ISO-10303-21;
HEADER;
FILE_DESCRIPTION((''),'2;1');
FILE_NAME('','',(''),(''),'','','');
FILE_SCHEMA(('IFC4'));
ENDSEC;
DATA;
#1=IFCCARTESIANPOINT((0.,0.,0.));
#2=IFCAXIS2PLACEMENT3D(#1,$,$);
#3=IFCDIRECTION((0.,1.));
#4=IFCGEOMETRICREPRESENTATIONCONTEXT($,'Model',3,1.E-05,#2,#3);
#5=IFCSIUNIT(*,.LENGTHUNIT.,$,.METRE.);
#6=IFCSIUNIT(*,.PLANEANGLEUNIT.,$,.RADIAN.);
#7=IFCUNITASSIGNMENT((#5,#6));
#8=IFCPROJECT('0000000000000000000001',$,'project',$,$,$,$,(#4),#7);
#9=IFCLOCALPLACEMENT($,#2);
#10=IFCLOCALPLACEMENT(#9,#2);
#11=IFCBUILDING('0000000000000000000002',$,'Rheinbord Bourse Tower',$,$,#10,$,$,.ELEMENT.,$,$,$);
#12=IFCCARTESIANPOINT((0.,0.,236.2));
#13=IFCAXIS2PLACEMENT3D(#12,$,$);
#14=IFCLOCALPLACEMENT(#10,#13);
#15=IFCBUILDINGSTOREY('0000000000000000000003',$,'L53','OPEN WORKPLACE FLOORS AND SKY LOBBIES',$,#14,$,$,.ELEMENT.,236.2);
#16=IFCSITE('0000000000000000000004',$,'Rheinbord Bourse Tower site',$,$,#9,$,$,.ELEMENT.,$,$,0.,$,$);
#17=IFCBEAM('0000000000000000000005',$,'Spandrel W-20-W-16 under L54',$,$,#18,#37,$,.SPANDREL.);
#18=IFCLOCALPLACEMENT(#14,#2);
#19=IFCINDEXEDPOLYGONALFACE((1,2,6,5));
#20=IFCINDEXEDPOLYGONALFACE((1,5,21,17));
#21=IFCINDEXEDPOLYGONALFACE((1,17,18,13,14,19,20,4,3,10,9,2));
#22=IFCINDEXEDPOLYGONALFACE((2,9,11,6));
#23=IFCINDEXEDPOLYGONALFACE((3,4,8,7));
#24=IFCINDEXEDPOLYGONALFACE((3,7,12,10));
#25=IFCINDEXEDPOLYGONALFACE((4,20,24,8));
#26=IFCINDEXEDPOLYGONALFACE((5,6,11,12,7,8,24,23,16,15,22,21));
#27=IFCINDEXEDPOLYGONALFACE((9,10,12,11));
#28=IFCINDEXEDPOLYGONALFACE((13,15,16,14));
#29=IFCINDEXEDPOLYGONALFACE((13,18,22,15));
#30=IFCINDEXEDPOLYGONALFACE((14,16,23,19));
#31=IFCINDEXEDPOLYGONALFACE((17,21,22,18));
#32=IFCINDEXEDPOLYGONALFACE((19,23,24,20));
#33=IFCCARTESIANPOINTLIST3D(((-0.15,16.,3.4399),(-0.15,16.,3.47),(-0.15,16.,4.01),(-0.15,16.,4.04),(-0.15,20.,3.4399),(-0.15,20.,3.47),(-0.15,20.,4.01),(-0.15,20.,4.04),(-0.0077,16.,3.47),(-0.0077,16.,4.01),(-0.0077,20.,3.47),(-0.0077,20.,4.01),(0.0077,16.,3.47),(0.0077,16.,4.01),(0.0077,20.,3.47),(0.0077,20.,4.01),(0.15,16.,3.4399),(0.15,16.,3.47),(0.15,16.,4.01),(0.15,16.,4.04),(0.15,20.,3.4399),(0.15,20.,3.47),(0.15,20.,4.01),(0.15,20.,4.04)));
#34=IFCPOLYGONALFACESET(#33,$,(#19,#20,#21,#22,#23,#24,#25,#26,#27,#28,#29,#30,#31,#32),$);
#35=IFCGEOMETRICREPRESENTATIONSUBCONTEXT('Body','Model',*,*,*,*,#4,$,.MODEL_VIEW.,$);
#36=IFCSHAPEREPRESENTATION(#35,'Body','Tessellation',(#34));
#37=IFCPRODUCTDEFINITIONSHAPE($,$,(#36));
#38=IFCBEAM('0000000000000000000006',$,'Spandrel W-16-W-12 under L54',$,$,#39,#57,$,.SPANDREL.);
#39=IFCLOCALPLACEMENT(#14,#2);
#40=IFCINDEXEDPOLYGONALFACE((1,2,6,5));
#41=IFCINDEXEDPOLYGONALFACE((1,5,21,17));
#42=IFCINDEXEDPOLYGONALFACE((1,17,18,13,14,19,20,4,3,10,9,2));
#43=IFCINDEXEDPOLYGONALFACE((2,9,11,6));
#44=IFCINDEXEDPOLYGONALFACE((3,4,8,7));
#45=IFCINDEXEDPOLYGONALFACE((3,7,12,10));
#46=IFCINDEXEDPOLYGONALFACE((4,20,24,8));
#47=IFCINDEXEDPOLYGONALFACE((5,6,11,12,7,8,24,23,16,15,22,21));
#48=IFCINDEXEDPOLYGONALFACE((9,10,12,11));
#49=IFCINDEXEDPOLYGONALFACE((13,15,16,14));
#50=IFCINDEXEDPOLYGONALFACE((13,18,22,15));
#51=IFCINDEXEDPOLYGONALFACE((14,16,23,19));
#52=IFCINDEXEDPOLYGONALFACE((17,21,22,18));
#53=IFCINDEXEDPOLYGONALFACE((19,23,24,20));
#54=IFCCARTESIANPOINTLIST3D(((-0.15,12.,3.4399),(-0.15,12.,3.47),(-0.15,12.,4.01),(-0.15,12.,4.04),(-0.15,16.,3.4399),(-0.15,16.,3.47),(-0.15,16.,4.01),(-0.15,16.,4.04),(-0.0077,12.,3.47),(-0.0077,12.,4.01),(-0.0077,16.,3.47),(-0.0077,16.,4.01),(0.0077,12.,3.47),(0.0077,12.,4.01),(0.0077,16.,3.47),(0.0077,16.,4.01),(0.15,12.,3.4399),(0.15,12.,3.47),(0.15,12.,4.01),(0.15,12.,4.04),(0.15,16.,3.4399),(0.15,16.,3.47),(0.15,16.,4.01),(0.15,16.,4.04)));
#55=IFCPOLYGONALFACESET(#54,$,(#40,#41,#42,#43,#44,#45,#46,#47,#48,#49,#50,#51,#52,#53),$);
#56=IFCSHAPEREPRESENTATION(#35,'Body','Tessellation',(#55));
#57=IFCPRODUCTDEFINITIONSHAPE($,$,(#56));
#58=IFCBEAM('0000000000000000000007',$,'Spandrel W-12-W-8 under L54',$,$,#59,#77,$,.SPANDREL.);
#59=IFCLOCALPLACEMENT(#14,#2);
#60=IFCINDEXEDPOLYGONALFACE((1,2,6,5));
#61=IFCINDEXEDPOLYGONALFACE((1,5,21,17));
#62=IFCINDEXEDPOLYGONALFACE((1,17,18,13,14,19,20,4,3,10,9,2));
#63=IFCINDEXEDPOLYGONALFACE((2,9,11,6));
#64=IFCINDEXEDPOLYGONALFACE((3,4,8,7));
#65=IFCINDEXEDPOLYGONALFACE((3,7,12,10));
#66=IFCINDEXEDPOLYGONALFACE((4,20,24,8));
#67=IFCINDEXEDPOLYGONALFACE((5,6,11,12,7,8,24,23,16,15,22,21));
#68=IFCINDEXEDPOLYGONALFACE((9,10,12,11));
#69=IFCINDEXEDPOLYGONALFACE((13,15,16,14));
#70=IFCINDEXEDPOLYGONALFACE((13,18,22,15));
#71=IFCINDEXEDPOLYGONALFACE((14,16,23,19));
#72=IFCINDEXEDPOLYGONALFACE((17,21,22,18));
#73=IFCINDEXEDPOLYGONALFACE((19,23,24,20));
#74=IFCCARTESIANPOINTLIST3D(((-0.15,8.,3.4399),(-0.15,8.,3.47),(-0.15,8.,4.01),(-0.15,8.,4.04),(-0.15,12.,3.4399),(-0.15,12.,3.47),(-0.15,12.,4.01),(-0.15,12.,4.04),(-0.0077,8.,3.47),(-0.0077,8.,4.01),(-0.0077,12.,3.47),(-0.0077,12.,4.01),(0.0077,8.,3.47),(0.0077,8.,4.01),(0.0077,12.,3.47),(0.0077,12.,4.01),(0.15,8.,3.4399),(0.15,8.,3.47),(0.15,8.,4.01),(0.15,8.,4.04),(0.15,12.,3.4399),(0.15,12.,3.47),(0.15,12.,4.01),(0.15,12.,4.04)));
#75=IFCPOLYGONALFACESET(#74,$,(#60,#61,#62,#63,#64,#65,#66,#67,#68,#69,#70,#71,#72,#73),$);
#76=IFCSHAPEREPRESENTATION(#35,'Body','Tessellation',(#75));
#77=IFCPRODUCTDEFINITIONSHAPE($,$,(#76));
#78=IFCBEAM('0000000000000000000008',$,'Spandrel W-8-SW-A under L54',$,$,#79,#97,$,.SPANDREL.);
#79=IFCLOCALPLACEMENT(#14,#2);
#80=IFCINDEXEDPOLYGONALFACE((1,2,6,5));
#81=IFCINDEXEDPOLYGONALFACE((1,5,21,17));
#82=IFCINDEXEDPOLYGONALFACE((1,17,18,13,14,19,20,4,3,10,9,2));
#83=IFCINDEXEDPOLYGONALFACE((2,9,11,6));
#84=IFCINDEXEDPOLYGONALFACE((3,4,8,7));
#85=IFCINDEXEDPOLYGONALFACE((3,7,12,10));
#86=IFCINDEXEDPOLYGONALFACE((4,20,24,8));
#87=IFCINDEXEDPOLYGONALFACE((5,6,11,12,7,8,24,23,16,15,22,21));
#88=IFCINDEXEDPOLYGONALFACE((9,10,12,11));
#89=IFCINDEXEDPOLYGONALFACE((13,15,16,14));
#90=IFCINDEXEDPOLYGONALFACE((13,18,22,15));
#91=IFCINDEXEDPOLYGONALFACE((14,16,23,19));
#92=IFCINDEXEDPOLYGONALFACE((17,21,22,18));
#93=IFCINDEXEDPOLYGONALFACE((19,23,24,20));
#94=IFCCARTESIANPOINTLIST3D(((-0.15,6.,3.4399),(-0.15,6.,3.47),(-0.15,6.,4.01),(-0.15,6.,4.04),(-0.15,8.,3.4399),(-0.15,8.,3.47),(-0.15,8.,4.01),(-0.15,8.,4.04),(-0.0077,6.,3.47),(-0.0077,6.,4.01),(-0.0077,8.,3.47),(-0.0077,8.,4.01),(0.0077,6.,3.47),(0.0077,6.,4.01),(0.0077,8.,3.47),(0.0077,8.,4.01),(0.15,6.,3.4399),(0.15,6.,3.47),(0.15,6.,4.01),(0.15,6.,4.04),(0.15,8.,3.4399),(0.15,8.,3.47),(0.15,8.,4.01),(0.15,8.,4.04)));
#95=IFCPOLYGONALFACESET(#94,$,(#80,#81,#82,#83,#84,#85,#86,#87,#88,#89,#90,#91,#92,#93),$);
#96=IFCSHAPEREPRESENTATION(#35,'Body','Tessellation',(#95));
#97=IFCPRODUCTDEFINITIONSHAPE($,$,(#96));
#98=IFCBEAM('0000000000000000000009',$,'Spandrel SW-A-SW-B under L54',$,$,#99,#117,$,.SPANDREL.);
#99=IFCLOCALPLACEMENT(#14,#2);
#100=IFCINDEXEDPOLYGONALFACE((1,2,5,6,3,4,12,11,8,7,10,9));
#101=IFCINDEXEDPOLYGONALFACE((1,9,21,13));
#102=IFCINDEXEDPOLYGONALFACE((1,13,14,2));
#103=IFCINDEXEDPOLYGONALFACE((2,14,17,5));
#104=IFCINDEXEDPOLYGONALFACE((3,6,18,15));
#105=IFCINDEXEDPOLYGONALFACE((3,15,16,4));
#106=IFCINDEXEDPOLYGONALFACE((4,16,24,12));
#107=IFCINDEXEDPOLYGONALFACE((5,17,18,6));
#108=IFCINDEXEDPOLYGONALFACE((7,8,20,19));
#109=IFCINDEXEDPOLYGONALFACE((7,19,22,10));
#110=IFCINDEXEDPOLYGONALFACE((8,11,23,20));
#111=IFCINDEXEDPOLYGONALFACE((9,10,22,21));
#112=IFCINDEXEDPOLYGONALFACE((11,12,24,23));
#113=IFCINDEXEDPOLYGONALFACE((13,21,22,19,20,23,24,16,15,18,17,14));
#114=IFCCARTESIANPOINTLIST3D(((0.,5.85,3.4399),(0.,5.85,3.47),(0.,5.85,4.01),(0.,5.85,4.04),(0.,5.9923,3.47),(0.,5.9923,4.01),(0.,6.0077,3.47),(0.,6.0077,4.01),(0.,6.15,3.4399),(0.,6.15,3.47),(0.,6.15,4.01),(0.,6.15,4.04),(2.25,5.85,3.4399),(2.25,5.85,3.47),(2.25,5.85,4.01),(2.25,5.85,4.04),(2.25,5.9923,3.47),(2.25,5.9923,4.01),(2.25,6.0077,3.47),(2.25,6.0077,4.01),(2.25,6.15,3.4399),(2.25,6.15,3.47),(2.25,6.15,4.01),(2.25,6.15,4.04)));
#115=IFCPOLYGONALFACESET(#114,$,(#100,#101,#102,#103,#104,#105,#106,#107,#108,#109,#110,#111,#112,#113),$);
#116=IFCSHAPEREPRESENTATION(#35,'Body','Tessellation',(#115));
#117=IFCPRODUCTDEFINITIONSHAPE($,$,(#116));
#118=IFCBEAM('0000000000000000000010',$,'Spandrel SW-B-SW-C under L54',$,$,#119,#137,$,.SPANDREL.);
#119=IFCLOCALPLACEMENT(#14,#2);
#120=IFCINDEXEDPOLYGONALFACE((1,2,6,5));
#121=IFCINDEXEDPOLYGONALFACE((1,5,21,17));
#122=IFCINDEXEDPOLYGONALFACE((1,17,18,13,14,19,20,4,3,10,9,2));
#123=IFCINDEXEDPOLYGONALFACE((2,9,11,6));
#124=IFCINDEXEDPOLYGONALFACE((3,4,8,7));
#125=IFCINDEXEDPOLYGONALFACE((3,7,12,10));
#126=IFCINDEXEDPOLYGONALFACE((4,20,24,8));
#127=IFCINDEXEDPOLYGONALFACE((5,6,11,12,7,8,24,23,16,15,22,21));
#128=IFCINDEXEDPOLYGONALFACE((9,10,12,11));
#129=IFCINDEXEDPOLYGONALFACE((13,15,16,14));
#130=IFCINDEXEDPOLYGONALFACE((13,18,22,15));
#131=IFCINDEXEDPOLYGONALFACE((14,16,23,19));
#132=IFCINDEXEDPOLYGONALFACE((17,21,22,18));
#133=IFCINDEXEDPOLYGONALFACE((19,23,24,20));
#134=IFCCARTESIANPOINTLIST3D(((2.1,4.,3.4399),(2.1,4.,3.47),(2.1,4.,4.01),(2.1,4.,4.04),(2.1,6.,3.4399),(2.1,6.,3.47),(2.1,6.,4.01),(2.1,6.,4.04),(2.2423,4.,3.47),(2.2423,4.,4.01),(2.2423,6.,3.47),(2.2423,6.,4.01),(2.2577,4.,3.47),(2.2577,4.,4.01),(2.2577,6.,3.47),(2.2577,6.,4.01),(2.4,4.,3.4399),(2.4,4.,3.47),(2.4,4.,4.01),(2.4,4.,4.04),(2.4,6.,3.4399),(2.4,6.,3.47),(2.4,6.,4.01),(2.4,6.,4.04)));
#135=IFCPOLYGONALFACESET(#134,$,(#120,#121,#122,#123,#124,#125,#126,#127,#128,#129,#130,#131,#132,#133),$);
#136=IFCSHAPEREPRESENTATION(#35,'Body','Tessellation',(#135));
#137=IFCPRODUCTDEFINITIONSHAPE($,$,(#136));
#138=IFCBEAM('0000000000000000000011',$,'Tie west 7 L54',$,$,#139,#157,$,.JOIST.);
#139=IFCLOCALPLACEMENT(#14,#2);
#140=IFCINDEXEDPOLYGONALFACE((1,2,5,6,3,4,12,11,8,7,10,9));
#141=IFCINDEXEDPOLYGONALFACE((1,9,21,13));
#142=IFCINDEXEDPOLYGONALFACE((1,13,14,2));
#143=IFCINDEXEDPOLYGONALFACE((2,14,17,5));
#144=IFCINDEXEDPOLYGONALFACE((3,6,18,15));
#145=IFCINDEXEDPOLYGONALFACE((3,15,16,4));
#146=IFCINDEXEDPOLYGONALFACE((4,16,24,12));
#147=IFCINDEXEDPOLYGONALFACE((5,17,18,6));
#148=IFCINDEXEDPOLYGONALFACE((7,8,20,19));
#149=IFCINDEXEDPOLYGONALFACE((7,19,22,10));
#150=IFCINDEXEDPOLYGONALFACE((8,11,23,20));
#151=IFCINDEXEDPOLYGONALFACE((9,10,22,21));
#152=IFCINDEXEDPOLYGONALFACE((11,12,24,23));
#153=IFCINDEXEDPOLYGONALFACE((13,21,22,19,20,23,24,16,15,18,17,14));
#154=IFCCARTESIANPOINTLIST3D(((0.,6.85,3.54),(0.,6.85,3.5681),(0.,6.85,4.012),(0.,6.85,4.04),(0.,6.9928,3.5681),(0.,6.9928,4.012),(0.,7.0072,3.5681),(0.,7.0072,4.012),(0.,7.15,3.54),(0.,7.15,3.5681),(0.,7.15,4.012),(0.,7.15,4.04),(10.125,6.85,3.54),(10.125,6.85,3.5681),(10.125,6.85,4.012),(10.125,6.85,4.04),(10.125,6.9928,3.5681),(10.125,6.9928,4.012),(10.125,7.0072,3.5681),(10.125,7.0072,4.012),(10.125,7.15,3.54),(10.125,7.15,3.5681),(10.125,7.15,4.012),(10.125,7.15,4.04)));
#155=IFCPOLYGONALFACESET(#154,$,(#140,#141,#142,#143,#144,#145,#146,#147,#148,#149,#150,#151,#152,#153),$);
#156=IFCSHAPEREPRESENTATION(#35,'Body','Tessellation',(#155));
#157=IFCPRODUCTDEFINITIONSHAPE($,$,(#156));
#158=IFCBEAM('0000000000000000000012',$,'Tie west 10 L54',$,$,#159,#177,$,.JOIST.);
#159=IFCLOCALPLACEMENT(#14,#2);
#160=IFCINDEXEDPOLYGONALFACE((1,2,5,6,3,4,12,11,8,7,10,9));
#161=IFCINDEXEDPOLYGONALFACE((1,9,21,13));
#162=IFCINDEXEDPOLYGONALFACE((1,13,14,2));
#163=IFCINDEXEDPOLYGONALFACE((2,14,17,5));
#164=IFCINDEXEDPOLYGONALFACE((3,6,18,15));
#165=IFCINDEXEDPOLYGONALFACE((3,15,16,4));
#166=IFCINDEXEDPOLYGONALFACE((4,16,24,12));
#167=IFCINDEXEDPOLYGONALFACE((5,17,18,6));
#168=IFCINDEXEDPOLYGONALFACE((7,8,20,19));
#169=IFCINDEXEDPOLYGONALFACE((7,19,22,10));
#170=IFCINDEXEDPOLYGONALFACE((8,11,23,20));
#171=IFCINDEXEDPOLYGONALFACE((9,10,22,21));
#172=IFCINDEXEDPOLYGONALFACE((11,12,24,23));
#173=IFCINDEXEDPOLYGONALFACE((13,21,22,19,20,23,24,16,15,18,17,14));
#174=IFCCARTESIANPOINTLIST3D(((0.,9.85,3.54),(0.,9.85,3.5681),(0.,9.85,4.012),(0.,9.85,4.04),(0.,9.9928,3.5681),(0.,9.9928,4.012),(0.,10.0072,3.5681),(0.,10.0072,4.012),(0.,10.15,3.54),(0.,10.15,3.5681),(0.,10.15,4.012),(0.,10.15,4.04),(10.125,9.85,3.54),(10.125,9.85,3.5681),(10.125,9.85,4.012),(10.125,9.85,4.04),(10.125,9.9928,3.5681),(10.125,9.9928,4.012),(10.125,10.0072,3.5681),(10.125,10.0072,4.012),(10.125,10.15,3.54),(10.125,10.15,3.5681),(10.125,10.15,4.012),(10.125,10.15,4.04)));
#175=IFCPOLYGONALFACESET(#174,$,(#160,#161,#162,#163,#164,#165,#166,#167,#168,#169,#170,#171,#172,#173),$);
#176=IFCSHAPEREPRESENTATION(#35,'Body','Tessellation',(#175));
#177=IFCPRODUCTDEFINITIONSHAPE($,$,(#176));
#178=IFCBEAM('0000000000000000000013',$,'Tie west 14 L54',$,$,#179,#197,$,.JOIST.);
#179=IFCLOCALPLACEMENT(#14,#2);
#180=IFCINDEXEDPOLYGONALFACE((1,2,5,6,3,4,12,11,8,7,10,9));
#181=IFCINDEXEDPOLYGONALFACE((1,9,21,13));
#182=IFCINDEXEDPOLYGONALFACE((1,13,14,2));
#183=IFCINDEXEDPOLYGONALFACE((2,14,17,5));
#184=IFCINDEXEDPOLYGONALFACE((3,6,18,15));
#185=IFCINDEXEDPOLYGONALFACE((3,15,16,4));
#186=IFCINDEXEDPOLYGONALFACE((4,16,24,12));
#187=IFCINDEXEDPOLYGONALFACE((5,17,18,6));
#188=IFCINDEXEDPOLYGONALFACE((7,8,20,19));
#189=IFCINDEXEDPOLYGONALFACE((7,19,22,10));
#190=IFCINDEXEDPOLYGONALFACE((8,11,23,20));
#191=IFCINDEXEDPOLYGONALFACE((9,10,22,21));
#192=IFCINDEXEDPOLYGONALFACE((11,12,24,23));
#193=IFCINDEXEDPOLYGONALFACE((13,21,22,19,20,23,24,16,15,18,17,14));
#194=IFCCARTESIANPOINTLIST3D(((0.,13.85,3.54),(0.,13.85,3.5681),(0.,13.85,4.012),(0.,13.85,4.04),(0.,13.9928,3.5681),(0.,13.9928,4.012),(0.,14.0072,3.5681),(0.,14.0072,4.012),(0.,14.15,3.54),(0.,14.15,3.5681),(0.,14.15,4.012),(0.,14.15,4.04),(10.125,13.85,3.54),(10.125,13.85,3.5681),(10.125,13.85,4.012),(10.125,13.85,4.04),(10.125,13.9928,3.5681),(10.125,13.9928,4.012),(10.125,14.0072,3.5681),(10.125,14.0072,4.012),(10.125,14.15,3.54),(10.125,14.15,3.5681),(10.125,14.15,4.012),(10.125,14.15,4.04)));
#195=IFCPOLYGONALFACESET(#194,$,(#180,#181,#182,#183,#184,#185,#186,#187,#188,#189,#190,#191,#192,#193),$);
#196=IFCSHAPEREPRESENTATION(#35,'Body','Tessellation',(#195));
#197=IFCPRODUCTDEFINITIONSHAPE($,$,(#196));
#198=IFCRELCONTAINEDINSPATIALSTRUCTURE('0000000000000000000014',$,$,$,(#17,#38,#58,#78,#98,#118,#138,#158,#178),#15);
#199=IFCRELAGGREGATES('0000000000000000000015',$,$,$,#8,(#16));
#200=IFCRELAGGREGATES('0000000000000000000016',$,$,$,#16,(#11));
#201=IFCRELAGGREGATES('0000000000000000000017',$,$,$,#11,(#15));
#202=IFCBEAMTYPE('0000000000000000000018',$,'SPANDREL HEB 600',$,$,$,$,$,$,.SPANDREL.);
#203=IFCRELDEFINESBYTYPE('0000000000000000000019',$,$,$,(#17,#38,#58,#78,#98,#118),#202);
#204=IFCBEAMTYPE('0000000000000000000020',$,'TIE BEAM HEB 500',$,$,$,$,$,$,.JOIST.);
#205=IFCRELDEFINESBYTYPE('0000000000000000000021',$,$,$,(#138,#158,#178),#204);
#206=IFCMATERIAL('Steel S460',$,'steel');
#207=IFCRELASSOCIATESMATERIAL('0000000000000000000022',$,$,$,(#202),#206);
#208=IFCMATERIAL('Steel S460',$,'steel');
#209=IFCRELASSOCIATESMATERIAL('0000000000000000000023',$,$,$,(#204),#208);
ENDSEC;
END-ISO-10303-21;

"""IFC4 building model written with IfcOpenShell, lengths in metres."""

from ifc_helpers import new_model, si_unit, direction, frame, origin, origin_2d, place, context, subcontext, project, spatial, i_section, extrude, material, material_profile, profile_set, type_object, element, save


model = new_model("IFC4")

# Units and contexts
model_context = context("Model", 3, precision=1e-05, world=origin(), true_north=direction((0.0, 1.0)))
body_context = subcontext(model_context, "Body", "Model", "MODEL_VIEW")
ifc_project = project(units=[si_unit("LENGTHUNIT", "METRE"), si_unit("PLANEANGLEUNIT", "RADIAN")], contexts=[model_context])

# Site, building, storey
site_placement = place(None, origin())
site = spatial("IfcSite", under=ifc_project, at=site_placement, Name="Rheinbord Bourse Tower site", CompositionType="ELEMENT", RefElevation=0.0)
building_placement = place(site_placement, origin())
building = spatial("IfcBuilding", under=site, at=building_placement, Name="Rheinbord Bourse Tower", CompositionType="ELEMENT")
storey_placement = place(building_placement, frame((0.0, 0.0, 236.2)))
storey = spatial("IfcBuildingStorey", under=building, at=storey_placement, Name="L53", Description="OPEN WORKPLACE FLOORS AND SKY LOBBIES", CompositionType="ELEMENT", Elevation=236.2)

# Beams
ifc_material_1 = material(Name="Steel S460", Category="steel")
ifc_material_profile_1 = material_profile(ifc_material_1, i_section(OverallWidth=0.3, OverallDepth=0.6001, WebThickness=0.0154, FlangeThickness=0.03, at=origin_2d()), Name="HEB 600")
ifc_profile_set_1 = profile_set([ifc_material_profile_1], Name="Steel S460")
beam_type_1 = type_object("IfcBeamType", Name="SPANDREL HEB 600", PredefinedType="SPANDREL", material=ifc_profile_set_1)
for number, where, z_axis, x_axis, name in (
    (1, (0.0, 20.0, 3.74), (0.0, -1.0, 0.0), (1.0, 0.0, 0.0), "Spandrel W-20-W-16 under L54"),
    (2, (0.0, 16.0, 3.74), (0.0, -1.0, 0.0), (1.0, 0.0, 0.0), "Spandrel W-16-W-12 under L54"),
    (3, (0.0, 12.0, 3.74), (0.0, -1.0, 0.0), (1.0, 0.0, 0.0), "Spandrel W-12-W-8 under L54"),
):
    element("IfcBeam", number, at=place(storey_placement, frame(where, z_axis=z_axis, x_axis=x_axis)), inside=storey, type_object=beam_type_1, Name=name, PredefinedType="SPANDREL", context=body_context, shape_type="SweptSolid", body=[
        extrude(i_section(OverallWidth=0.3, OverallDepth=0.6001, WebThickness=0.0154, FlangeThickness=0.03, at=origin_2d()), origin(), (0.0, 0.0, 1.0), 4.0),
    ])
beam_1_placement = place(storey_placement, frame((0.0, 8.0, 3.74), z_axis=(0.0, -1.0, 0.0), x_axis=(1.0, 0.0, 0.0)))
element("IfcBeam", 4, at=beam_1_placement, inside=storey, type_object=beam_type_1, Name="Spandrel W-8-SW-A under L54", PredefinedType="SPANDREL", context=body_context, shape_type="SweptSolid", body=[
    extrude(i_section(OverallWidth=0.3, OverallDepth=0.6001, WebThickness=0.0154, FlangeThickness=0.03, at=origin_2d()), origin(), (0.0, 0.0, 1.0), 2.0),
])
beam_2_placement = place(storey_placement, frame((0.0, 6.0, 3.74), z_axis=(1.0, 0.0, 0.0), x_axis=(0.0, 1.0, 0.0)))
element("IfcBeam", 5, at=beam_2_placement, inside=storey, type_object=beam_type_1, Name="Spandrel SW-A-SW-B under L54", PredefinedType="SPANDREL", context=body_context, shape_type="SweptSolid", body=[
    extrude(i_section(OverallWidth=0.3, OverallDepth=0.6001, WebThickness=0.0154, FlangeThickness=0.03, at=origin_2d()), origin(), (0.0, 0.0, 1.0), 2.25),
])
beam_3_placement = place(storey_placement, frame((2.25, 6.0, 3.74), z_axis=(0.0, -1.0, 0.0), x_axis=(1.0, 0.0, 0.0)))
element("IfcBeam", 6, at=beam_3_placement, inside=storey, type_object=beam_type_1, Name="Spandrel SW-B-SW-C under L54", PredefinedType="SPANDREL", context=body_context, shape_type="SweptSolid", body=[
    extrude(i_section(OverallWidth=0.3, OverallDepth=0.6001, WebThickness=0.0154, FlangeThickness=0.03, at=origin_2d()), origin(), (0.0, 0.0, 1.0), 2.0),
])
ifc_material_2 = material(Name="Steel S460", Category="steel")
ifc_material_profile_2 = material_profile(ifc_material_2, i_section(OverallWidth=0.3, OverallDepth=0.5, WebThickness=0.0144, FlangeThickness=0.0281, at=origin_2d()), Name="HEB 500")
ifc_profile_set_2 = profile_set([ifc_material_profile_2], Name="Steel S460")
beam_type_2 = type_object("IfcBeamType", Name="TIE BEAM HEB 500", PredefinedType="JOIST", material=ifc_profile_set_2)
for number, where, z_axis, x_axis, name in (
    (7, (0.0, 7.0, 3.79), (1.0, 0.0, 0.0), (0.0, 1.0, 0.0), "Tie west 7 L54"),
    (8, (0.0, 10.0, 3.79), (1.0, 0.0, 0.0), (0.0, 1.0, 0.0), "Tie west 10 L54"),
    (9, (0.0, 14.0, 3.79), (1.0, 0.0, 0.0), (0.0, 1.0, 0.0), "Tie west 14 L54"),
):
    element("IfcBeam", number, at=place(storey_placement, frame(where, z_axis=z_axis, x_axis=x_axis)), inside=storey, type_object=beam_type_2, Name=name, PredefinedType="JOIST", context=body_context, shape_type="SweptSolid", body=[
        extrude(i_section(OverallWidth=0.3, OverallDepth=0.5, WebThickness=0.0144, FlangeThickness=0.0281, at=origin_2d()), origin(), (0.0, 0.0, 1.0), 10.125),
    ])

save(model, "model.ifc")
